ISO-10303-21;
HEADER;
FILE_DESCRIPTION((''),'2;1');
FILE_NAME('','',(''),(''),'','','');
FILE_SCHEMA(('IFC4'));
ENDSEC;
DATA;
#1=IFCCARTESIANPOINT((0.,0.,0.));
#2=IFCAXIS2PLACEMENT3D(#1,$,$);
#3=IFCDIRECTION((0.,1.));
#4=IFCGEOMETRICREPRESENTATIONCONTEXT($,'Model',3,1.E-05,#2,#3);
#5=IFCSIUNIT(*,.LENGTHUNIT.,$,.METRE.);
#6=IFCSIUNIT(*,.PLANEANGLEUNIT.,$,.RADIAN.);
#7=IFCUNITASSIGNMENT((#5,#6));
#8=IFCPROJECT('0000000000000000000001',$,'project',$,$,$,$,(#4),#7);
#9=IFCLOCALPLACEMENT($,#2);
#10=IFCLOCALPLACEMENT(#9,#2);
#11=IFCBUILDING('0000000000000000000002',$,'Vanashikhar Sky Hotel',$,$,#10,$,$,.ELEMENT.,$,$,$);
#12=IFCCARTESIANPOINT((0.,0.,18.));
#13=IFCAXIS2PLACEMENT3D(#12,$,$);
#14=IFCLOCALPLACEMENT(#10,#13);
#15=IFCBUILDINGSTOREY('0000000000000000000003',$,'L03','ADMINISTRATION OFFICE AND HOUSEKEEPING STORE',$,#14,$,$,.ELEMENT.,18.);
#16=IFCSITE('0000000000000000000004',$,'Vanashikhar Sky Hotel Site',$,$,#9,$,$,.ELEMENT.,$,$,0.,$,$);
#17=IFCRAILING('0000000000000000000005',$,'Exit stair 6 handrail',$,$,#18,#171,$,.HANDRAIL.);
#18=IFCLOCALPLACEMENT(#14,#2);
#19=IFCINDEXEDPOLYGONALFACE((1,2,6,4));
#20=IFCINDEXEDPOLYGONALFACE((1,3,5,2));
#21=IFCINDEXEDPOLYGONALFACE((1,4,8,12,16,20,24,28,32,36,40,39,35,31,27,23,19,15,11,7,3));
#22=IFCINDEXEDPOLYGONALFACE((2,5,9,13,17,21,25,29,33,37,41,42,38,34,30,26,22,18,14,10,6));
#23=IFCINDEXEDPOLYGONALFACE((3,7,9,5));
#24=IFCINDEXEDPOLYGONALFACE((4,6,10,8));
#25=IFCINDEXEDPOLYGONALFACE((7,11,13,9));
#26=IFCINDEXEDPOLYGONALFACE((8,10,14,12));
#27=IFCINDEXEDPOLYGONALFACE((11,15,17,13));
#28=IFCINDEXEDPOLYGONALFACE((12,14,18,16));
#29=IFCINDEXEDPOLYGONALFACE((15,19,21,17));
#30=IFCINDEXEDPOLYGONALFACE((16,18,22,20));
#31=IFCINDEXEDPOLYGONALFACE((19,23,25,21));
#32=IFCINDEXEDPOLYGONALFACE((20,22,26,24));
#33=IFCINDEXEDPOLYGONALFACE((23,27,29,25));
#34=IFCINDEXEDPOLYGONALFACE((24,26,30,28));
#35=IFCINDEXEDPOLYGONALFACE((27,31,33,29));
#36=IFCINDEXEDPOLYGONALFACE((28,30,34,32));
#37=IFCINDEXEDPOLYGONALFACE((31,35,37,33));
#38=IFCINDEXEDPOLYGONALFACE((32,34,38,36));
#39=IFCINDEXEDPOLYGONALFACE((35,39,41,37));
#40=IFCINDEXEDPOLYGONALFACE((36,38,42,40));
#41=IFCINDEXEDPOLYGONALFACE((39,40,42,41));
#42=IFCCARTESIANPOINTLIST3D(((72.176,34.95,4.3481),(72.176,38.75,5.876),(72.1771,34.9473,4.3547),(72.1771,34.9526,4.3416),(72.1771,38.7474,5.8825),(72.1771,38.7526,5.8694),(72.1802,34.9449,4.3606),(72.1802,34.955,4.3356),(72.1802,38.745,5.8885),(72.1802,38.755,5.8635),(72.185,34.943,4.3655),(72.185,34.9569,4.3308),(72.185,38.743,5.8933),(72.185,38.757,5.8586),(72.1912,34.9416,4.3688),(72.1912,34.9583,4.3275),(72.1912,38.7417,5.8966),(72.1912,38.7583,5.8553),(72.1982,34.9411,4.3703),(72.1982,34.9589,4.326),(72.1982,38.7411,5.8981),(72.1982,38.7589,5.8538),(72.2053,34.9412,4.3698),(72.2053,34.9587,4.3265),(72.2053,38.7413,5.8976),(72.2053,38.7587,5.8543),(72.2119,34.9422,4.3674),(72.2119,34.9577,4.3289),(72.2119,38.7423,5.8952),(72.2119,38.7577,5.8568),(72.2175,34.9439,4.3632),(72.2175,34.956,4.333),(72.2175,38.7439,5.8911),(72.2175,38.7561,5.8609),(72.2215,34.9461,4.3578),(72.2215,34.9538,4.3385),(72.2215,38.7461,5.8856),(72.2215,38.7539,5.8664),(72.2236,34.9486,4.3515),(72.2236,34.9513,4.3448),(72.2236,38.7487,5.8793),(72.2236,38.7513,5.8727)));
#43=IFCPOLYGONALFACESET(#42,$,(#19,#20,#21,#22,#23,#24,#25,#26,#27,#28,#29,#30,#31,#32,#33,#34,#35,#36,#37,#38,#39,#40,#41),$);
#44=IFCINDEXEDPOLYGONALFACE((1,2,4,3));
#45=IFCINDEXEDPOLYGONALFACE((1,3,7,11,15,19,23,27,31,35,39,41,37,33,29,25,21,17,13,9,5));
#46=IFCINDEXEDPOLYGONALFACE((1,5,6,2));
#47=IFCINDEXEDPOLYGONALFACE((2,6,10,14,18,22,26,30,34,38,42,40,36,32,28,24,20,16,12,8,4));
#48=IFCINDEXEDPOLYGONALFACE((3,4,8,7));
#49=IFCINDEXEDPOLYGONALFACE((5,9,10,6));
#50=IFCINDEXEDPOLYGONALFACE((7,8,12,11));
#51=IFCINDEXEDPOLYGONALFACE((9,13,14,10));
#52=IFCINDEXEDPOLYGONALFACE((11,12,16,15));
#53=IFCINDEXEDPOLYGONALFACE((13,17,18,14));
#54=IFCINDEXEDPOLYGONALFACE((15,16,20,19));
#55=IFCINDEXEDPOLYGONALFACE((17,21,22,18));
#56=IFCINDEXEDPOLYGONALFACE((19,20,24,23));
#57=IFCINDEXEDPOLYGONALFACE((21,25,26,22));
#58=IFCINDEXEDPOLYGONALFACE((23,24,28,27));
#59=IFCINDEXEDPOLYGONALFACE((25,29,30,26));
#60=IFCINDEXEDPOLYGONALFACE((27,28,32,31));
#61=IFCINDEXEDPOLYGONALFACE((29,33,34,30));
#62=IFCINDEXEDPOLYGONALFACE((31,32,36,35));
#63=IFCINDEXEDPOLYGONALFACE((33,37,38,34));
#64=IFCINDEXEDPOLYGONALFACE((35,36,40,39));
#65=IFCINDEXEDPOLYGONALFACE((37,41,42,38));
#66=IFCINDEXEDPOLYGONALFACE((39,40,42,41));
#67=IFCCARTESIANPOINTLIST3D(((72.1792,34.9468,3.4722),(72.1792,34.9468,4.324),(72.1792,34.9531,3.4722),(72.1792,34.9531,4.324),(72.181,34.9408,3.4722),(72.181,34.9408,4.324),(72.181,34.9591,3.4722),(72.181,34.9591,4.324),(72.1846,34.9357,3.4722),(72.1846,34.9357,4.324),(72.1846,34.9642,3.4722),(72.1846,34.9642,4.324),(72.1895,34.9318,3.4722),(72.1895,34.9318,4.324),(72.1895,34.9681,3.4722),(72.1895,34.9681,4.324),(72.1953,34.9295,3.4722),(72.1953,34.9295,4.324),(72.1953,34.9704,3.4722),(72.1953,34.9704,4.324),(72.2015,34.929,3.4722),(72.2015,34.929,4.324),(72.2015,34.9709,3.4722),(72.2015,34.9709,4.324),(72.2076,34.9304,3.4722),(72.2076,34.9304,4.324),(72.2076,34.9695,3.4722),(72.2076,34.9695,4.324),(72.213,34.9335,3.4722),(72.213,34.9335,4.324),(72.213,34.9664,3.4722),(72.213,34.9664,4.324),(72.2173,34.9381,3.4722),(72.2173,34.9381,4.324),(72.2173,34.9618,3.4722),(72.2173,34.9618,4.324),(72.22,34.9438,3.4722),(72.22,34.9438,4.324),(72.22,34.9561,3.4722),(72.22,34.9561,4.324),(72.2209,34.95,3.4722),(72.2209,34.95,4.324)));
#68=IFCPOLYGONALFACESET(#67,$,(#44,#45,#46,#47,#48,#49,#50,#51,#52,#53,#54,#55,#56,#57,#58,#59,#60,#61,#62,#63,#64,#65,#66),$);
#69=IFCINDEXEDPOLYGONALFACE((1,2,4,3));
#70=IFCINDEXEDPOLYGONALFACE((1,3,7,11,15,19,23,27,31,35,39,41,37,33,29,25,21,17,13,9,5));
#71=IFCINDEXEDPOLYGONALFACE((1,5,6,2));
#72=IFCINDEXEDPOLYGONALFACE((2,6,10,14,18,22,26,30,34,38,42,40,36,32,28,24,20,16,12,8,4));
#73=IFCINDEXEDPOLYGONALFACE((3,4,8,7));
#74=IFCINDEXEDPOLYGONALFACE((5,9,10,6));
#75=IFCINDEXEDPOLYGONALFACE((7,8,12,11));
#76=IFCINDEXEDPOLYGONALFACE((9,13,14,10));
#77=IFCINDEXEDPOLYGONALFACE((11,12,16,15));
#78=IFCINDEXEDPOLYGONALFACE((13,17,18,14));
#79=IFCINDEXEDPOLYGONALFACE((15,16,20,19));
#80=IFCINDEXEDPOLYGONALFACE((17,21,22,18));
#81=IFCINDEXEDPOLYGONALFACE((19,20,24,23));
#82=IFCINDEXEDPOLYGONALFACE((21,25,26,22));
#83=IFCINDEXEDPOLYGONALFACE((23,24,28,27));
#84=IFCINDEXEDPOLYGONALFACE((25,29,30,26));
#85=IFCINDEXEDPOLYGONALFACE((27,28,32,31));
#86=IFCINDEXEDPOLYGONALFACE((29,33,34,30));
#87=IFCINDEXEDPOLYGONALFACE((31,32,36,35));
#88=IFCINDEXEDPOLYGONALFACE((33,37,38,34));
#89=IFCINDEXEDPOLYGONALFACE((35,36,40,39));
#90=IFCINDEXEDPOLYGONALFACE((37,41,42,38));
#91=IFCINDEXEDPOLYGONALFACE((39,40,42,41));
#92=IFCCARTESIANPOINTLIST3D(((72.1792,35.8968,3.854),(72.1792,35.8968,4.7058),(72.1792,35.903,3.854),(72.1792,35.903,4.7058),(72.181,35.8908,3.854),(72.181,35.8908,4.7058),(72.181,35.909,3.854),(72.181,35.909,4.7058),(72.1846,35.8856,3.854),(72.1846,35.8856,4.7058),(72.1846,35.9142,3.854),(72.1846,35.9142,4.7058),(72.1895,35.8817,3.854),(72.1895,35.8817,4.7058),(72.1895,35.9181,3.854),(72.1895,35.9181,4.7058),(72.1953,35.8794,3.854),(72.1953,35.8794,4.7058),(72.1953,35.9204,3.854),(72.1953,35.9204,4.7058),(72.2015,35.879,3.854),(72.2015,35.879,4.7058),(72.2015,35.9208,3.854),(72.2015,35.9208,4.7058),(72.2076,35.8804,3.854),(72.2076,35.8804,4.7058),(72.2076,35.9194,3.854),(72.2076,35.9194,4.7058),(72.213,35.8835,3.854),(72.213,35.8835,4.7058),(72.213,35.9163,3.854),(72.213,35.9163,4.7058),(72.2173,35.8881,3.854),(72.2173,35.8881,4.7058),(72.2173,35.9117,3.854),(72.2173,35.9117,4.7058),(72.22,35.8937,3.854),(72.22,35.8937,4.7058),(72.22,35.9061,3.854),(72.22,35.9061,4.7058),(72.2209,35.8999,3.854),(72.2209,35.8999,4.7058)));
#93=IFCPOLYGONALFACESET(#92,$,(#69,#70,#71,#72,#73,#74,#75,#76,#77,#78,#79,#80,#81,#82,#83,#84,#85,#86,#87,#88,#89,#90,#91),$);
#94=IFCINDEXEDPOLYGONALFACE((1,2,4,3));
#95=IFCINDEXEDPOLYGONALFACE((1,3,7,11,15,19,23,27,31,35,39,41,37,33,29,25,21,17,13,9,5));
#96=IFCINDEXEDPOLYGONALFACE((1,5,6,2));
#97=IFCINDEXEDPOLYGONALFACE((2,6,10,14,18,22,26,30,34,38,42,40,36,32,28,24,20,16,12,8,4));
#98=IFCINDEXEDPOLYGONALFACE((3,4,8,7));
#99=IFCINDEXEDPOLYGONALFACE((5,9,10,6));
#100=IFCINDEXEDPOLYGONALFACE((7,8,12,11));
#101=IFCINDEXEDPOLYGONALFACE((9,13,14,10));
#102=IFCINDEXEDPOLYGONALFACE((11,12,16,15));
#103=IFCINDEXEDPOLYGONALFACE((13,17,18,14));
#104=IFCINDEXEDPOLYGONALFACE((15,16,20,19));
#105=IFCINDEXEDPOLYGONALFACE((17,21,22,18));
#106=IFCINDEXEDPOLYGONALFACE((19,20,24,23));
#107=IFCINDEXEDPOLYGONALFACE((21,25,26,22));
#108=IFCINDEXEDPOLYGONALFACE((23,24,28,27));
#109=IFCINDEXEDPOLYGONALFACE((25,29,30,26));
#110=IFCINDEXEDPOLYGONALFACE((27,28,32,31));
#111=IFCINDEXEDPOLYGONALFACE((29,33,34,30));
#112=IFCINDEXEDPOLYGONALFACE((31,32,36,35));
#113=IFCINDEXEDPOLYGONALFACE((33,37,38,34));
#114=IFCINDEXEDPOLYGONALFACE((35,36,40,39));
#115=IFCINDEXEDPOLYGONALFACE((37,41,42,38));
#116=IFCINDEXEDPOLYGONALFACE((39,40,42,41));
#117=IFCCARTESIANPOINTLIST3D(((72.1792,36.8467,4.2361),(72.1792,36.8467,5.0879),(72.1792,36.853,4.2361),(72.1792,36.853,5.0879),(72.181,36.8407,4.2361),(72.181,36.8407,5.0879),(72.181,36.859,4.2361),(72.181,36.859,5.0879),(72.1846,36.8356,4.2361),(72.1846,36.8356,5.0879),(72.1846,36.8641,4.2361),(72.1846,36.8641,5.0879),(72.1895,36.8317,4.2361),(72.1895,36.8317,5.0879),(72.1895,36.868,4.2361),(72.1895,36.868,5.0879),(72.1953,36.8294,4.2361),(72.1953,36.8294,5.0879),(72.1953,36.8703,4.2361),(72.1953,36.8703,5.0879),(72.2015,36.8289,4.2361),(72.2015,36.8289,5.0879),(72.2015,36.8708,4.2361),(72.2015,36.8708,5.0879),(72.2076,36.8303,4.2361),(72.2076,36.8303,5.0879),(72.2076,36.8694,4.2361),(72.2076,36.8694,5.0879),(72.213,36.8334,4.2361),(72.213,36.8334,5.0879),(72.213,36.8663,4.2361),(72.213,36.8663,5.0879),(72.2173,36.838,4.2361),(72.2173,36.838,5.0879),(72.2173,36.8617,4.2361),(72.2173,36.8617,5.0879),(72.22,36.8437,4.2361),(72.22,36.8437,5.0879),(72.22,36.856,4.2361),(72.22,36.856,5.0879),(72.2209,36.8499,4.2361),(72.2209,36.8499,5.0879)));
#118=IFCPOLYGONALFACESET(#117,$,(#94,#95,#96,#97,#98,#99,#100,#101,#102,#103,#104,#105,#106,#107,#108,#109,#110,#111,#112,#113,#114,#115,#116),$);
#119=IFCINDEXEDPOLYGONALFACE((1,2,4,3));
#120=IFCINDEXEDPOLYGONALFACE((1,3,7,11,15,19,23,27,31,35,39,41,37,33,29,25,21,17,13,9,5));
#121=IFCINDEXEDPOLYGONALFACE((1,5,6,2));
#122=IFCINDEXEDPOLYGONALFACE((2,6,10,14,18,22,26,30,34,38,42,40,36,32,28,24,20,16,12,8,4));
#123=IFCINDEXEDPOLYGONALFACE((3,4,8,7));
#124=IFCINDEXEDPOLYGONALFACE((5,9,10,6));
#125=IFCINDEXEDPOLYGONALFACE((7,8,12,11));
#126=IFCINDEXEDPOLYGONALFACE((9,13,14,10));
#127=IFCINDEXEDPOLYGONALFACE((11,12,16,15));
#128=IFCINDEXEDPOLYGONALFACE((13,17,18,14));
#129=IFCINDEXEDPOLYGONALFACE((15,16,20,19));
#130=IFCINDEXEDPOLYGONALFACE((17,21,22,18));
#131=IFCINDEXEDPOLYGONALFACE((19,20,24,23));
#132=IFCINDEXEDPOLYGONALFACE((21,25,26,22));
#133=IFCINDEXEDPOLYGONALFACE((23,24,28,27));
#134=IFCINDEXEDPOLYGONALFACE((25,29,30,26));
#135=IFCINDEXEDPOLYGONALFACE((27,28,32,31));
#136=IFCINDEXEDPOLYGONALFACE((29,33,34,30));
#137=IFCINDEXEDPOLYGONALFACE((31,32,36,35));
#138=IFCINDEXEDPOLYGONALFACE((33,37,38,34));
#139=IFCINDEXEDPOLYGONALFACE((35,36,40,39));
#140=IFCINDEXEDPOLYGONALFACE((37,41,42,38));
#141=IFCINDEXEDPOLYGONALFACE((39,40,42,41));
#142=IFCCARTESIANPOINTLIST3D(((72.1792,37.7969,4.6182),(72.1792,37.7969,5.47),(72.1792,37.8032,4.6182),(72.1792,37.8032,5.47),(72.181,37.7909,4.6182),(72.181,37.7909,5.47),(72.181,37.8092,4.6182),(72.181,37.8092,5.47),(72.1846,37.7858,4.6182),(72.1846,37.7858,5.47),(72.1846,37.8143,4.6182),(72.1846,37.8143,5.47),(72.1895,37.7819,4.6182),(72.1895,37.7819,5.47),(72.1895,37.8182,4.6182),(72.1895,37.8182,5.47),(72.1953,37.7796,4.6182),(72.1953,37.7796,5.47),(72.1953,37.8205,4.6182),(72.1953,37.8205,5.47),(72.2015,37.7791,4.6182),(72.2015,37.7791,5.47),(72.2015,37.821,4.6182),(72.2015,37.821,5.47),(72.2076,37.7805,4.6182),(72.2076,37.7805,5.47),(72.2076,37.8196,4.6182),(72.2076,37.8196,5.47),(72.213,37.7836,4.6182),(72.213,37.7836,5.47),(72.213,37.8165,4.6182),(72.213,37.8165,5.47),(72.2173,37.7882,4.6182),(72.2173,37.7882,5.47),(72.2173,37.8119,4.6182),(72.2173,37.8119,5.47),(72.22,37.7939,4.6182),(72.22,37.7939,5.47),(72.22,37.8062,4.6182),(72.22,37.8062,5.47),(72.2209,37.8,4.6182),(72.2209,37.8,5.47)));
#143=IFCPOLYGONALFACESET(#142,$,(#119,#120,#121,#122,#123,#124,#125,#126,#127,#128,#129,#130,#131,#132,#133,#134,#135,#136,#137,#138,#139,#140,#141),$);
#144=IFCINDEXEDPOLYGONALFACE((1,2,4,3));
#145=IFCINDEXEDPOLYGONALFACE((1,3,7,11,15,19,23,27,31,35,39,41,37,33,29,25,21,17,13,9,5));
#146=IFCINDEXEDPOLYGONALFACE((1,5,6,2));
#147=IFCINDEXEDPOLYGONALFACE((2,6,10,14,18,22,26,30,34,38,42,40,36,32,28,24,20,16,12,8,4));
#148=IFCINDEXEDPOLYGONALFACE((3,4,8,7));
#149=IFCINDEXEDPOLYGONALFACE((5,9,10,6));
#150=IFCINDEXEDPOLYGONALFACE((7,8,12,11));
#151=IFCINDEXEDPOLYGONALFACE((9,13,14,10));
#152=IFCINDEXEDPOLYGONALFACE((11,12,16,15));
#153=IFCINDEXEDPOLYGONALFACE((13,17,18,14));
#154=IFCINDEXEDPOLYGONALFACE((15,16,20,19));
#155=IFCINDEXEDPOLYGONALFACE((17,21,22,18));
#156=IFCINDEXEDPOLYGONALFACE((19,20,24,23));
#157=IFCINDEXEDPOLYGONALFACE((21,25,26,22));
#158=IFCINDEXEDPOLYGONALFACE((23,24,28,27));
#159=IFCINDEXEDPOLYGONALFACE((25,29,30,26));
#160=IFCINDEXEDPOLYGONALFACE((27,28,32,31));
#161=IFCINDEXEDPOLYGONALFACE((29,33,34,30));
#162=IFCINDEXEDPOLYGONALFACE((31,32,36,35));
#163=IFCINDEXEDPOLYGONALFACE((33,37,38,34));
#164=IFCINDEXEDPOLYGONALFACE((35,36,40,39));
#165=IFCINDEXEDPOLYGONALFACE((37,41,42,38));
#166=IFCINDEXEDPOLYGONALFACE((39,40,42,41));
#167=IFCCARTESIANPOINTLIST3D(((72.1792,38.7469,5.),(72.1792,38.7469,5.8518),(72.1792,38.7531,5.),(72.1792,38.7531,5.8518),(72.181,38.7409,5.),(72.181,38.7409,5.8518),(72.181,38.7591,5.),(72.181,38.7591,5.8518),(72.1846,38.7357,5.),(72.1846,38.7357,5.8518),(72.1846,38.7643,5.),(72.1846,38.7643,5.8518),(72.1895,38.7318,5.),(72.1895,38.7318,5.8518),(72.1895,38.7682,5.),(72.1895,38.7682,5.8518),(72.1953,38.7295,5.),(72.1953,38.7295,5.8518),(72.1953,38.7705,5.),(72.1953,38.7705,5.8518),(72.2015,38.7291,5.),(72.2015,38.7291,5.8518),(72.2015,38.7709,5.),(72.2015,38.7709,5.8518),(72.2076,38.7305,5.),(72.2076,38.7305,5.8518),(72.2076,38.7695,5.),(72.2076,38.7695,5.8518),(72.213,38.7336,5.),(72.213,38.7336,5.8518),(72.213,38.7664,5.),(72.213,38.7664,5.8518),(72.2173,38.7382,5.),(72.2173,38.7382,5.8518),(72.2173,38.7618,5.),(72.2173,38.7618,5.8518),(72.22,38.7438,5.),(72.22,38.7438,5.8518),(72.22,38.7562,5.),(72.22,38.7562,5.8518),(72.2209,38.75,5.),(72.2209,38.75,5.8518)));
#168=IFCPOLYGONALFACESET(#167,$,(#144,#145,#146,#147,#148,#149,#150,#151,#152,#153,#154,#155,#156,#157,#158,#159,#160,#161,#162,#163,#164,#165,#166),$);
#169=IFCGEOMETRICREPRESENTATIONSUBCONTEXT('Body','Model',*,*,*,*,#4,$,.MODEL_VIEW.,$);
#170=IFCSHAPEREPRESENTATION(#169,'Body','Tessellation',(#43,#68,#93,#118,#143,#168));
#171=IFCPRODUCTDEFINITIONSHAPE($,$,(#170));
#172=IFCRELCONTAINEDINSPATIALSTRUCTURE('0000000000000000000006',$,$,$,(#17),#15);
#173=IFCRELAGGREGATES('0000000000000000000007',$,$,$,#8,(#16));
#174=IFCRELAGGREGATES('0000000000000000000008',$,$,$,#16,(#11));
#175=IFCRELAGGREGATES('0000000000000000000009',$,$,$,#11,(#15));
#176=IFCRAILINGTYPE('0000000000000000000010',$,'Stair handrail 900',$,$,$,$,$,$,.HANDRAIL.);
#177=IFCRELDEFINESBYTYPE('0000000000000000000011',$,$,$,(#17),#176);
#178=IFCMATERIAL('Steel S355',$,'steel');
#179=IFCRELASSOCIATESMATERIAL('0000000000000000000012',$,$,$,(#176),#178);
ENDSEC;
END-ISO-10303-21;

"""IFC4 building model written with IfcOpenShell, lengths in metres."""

from ifc_helpers import new_model, si_unit, direction, frame, origin, origin_2d, place, context, subcontext, project, spatial, circle, extrude, source, transform, mapped, material, type_object, element, save


model = new_model("IFC4")

# Units and contexts
model_context = context("Model", 3, precision=1e-05, world=origin(), true_north=direction((0.0, 1.0)))
body_context = subcontext(model_context, "Body", "Model", "MODEL_VIEW")
ifc_project = project(units=[si_unit("LENGTHUNIT", "METRE"), si_unit("PLANEANGLEUNIT", "RADIAN")], contexts=[model_context])

# Site, building, storey
site_placement = place(None, origin())
site = spatial("IfcSite", under=ifc_project, at=site_placement, Name="Vanashikhar Sky Hotel Site", CompositionType="ELEMENT", RefElevation=0.0)
building_placement = place(site_placement, origin())
building = spatial("IfcBuilding", under=site, at=building_placement, Name="Vanashikhar Sky Hotel", CompositionType="ELEMENT")
storey_placement = place(building_placement, frame((0.0, 0.0, 18.0)))
storey = spatial("IfcBuildingStorey", under=building, at=storey_placement, Name="L03", Description="ADMINISTRATION OFFICE AND HOUSEKEEPING STORE", CompositionType="ELEMENT", Elevation=18.0)

# Railing
ifc_material_1 = material(Name="Steel S355", Category="steel")
railing_type_1 = type_object("IfcRailingType", Name="Stair handrail 900", PredefinedType="HANDRAIL", material=ifc_material_1)
shared_shape_1 = source(origin(), body_context, "Body", "SweptSolid", [
    extrude(circle(Radius=0.0239, at=origin_2d()), frame((0.0, 0.0, 0.876), z_axis=(0.0, 0.927817, 0.373034), x_axis=(-1.0, 0.0, 0.0)), (0.0, 0.0, 1.0), 4.0957),
    extrude(circle(Radius=0.021, at=origin_2d()), origin(), (0.0, 0.0, 1.0), 0.8518),
    extrude(circle(Radius=0.021, at=origin_2d()), frame((0.0, 0.95, 0.3818)), (0.0, 0.0, 1.0), 0.8518),
    extrude(circle(Radius=0.021, at=origin_2d()), frame((0.0, 1.8999, 0.7639)), (0.0, 0.0, 1.0), 0.8518),
    extrude(circle(Radius=0.021, at=origin_2d()), frame((0.0, 2.8501, 1.146)), (0.0, 0.0, 1.0), 0.8518),
    extrude(circle(Radius=0.021, at=origin_2d()), frame((0.0, 3.8, 1.5278)), (0.0, 0.0, 1.0), 0.8518),
])
for number, where, name in (
    (1, (72.2, 34.95, 3.4722), "Exit stair 6 handrail"),
):
    element("IfcRailing", number, at=place(storey_placement, frame(where)), inside=storey, type_object=railing_type_1, Name=name, PredefinedType="HANDRAIL", context=body_context, shape_type="MappedRepresentation", body=[
        mapped(shared_shape_1, transform((0.0, 0.0, 0.0), scale=1.0)),
    ])

save(model, "model.ifc")
